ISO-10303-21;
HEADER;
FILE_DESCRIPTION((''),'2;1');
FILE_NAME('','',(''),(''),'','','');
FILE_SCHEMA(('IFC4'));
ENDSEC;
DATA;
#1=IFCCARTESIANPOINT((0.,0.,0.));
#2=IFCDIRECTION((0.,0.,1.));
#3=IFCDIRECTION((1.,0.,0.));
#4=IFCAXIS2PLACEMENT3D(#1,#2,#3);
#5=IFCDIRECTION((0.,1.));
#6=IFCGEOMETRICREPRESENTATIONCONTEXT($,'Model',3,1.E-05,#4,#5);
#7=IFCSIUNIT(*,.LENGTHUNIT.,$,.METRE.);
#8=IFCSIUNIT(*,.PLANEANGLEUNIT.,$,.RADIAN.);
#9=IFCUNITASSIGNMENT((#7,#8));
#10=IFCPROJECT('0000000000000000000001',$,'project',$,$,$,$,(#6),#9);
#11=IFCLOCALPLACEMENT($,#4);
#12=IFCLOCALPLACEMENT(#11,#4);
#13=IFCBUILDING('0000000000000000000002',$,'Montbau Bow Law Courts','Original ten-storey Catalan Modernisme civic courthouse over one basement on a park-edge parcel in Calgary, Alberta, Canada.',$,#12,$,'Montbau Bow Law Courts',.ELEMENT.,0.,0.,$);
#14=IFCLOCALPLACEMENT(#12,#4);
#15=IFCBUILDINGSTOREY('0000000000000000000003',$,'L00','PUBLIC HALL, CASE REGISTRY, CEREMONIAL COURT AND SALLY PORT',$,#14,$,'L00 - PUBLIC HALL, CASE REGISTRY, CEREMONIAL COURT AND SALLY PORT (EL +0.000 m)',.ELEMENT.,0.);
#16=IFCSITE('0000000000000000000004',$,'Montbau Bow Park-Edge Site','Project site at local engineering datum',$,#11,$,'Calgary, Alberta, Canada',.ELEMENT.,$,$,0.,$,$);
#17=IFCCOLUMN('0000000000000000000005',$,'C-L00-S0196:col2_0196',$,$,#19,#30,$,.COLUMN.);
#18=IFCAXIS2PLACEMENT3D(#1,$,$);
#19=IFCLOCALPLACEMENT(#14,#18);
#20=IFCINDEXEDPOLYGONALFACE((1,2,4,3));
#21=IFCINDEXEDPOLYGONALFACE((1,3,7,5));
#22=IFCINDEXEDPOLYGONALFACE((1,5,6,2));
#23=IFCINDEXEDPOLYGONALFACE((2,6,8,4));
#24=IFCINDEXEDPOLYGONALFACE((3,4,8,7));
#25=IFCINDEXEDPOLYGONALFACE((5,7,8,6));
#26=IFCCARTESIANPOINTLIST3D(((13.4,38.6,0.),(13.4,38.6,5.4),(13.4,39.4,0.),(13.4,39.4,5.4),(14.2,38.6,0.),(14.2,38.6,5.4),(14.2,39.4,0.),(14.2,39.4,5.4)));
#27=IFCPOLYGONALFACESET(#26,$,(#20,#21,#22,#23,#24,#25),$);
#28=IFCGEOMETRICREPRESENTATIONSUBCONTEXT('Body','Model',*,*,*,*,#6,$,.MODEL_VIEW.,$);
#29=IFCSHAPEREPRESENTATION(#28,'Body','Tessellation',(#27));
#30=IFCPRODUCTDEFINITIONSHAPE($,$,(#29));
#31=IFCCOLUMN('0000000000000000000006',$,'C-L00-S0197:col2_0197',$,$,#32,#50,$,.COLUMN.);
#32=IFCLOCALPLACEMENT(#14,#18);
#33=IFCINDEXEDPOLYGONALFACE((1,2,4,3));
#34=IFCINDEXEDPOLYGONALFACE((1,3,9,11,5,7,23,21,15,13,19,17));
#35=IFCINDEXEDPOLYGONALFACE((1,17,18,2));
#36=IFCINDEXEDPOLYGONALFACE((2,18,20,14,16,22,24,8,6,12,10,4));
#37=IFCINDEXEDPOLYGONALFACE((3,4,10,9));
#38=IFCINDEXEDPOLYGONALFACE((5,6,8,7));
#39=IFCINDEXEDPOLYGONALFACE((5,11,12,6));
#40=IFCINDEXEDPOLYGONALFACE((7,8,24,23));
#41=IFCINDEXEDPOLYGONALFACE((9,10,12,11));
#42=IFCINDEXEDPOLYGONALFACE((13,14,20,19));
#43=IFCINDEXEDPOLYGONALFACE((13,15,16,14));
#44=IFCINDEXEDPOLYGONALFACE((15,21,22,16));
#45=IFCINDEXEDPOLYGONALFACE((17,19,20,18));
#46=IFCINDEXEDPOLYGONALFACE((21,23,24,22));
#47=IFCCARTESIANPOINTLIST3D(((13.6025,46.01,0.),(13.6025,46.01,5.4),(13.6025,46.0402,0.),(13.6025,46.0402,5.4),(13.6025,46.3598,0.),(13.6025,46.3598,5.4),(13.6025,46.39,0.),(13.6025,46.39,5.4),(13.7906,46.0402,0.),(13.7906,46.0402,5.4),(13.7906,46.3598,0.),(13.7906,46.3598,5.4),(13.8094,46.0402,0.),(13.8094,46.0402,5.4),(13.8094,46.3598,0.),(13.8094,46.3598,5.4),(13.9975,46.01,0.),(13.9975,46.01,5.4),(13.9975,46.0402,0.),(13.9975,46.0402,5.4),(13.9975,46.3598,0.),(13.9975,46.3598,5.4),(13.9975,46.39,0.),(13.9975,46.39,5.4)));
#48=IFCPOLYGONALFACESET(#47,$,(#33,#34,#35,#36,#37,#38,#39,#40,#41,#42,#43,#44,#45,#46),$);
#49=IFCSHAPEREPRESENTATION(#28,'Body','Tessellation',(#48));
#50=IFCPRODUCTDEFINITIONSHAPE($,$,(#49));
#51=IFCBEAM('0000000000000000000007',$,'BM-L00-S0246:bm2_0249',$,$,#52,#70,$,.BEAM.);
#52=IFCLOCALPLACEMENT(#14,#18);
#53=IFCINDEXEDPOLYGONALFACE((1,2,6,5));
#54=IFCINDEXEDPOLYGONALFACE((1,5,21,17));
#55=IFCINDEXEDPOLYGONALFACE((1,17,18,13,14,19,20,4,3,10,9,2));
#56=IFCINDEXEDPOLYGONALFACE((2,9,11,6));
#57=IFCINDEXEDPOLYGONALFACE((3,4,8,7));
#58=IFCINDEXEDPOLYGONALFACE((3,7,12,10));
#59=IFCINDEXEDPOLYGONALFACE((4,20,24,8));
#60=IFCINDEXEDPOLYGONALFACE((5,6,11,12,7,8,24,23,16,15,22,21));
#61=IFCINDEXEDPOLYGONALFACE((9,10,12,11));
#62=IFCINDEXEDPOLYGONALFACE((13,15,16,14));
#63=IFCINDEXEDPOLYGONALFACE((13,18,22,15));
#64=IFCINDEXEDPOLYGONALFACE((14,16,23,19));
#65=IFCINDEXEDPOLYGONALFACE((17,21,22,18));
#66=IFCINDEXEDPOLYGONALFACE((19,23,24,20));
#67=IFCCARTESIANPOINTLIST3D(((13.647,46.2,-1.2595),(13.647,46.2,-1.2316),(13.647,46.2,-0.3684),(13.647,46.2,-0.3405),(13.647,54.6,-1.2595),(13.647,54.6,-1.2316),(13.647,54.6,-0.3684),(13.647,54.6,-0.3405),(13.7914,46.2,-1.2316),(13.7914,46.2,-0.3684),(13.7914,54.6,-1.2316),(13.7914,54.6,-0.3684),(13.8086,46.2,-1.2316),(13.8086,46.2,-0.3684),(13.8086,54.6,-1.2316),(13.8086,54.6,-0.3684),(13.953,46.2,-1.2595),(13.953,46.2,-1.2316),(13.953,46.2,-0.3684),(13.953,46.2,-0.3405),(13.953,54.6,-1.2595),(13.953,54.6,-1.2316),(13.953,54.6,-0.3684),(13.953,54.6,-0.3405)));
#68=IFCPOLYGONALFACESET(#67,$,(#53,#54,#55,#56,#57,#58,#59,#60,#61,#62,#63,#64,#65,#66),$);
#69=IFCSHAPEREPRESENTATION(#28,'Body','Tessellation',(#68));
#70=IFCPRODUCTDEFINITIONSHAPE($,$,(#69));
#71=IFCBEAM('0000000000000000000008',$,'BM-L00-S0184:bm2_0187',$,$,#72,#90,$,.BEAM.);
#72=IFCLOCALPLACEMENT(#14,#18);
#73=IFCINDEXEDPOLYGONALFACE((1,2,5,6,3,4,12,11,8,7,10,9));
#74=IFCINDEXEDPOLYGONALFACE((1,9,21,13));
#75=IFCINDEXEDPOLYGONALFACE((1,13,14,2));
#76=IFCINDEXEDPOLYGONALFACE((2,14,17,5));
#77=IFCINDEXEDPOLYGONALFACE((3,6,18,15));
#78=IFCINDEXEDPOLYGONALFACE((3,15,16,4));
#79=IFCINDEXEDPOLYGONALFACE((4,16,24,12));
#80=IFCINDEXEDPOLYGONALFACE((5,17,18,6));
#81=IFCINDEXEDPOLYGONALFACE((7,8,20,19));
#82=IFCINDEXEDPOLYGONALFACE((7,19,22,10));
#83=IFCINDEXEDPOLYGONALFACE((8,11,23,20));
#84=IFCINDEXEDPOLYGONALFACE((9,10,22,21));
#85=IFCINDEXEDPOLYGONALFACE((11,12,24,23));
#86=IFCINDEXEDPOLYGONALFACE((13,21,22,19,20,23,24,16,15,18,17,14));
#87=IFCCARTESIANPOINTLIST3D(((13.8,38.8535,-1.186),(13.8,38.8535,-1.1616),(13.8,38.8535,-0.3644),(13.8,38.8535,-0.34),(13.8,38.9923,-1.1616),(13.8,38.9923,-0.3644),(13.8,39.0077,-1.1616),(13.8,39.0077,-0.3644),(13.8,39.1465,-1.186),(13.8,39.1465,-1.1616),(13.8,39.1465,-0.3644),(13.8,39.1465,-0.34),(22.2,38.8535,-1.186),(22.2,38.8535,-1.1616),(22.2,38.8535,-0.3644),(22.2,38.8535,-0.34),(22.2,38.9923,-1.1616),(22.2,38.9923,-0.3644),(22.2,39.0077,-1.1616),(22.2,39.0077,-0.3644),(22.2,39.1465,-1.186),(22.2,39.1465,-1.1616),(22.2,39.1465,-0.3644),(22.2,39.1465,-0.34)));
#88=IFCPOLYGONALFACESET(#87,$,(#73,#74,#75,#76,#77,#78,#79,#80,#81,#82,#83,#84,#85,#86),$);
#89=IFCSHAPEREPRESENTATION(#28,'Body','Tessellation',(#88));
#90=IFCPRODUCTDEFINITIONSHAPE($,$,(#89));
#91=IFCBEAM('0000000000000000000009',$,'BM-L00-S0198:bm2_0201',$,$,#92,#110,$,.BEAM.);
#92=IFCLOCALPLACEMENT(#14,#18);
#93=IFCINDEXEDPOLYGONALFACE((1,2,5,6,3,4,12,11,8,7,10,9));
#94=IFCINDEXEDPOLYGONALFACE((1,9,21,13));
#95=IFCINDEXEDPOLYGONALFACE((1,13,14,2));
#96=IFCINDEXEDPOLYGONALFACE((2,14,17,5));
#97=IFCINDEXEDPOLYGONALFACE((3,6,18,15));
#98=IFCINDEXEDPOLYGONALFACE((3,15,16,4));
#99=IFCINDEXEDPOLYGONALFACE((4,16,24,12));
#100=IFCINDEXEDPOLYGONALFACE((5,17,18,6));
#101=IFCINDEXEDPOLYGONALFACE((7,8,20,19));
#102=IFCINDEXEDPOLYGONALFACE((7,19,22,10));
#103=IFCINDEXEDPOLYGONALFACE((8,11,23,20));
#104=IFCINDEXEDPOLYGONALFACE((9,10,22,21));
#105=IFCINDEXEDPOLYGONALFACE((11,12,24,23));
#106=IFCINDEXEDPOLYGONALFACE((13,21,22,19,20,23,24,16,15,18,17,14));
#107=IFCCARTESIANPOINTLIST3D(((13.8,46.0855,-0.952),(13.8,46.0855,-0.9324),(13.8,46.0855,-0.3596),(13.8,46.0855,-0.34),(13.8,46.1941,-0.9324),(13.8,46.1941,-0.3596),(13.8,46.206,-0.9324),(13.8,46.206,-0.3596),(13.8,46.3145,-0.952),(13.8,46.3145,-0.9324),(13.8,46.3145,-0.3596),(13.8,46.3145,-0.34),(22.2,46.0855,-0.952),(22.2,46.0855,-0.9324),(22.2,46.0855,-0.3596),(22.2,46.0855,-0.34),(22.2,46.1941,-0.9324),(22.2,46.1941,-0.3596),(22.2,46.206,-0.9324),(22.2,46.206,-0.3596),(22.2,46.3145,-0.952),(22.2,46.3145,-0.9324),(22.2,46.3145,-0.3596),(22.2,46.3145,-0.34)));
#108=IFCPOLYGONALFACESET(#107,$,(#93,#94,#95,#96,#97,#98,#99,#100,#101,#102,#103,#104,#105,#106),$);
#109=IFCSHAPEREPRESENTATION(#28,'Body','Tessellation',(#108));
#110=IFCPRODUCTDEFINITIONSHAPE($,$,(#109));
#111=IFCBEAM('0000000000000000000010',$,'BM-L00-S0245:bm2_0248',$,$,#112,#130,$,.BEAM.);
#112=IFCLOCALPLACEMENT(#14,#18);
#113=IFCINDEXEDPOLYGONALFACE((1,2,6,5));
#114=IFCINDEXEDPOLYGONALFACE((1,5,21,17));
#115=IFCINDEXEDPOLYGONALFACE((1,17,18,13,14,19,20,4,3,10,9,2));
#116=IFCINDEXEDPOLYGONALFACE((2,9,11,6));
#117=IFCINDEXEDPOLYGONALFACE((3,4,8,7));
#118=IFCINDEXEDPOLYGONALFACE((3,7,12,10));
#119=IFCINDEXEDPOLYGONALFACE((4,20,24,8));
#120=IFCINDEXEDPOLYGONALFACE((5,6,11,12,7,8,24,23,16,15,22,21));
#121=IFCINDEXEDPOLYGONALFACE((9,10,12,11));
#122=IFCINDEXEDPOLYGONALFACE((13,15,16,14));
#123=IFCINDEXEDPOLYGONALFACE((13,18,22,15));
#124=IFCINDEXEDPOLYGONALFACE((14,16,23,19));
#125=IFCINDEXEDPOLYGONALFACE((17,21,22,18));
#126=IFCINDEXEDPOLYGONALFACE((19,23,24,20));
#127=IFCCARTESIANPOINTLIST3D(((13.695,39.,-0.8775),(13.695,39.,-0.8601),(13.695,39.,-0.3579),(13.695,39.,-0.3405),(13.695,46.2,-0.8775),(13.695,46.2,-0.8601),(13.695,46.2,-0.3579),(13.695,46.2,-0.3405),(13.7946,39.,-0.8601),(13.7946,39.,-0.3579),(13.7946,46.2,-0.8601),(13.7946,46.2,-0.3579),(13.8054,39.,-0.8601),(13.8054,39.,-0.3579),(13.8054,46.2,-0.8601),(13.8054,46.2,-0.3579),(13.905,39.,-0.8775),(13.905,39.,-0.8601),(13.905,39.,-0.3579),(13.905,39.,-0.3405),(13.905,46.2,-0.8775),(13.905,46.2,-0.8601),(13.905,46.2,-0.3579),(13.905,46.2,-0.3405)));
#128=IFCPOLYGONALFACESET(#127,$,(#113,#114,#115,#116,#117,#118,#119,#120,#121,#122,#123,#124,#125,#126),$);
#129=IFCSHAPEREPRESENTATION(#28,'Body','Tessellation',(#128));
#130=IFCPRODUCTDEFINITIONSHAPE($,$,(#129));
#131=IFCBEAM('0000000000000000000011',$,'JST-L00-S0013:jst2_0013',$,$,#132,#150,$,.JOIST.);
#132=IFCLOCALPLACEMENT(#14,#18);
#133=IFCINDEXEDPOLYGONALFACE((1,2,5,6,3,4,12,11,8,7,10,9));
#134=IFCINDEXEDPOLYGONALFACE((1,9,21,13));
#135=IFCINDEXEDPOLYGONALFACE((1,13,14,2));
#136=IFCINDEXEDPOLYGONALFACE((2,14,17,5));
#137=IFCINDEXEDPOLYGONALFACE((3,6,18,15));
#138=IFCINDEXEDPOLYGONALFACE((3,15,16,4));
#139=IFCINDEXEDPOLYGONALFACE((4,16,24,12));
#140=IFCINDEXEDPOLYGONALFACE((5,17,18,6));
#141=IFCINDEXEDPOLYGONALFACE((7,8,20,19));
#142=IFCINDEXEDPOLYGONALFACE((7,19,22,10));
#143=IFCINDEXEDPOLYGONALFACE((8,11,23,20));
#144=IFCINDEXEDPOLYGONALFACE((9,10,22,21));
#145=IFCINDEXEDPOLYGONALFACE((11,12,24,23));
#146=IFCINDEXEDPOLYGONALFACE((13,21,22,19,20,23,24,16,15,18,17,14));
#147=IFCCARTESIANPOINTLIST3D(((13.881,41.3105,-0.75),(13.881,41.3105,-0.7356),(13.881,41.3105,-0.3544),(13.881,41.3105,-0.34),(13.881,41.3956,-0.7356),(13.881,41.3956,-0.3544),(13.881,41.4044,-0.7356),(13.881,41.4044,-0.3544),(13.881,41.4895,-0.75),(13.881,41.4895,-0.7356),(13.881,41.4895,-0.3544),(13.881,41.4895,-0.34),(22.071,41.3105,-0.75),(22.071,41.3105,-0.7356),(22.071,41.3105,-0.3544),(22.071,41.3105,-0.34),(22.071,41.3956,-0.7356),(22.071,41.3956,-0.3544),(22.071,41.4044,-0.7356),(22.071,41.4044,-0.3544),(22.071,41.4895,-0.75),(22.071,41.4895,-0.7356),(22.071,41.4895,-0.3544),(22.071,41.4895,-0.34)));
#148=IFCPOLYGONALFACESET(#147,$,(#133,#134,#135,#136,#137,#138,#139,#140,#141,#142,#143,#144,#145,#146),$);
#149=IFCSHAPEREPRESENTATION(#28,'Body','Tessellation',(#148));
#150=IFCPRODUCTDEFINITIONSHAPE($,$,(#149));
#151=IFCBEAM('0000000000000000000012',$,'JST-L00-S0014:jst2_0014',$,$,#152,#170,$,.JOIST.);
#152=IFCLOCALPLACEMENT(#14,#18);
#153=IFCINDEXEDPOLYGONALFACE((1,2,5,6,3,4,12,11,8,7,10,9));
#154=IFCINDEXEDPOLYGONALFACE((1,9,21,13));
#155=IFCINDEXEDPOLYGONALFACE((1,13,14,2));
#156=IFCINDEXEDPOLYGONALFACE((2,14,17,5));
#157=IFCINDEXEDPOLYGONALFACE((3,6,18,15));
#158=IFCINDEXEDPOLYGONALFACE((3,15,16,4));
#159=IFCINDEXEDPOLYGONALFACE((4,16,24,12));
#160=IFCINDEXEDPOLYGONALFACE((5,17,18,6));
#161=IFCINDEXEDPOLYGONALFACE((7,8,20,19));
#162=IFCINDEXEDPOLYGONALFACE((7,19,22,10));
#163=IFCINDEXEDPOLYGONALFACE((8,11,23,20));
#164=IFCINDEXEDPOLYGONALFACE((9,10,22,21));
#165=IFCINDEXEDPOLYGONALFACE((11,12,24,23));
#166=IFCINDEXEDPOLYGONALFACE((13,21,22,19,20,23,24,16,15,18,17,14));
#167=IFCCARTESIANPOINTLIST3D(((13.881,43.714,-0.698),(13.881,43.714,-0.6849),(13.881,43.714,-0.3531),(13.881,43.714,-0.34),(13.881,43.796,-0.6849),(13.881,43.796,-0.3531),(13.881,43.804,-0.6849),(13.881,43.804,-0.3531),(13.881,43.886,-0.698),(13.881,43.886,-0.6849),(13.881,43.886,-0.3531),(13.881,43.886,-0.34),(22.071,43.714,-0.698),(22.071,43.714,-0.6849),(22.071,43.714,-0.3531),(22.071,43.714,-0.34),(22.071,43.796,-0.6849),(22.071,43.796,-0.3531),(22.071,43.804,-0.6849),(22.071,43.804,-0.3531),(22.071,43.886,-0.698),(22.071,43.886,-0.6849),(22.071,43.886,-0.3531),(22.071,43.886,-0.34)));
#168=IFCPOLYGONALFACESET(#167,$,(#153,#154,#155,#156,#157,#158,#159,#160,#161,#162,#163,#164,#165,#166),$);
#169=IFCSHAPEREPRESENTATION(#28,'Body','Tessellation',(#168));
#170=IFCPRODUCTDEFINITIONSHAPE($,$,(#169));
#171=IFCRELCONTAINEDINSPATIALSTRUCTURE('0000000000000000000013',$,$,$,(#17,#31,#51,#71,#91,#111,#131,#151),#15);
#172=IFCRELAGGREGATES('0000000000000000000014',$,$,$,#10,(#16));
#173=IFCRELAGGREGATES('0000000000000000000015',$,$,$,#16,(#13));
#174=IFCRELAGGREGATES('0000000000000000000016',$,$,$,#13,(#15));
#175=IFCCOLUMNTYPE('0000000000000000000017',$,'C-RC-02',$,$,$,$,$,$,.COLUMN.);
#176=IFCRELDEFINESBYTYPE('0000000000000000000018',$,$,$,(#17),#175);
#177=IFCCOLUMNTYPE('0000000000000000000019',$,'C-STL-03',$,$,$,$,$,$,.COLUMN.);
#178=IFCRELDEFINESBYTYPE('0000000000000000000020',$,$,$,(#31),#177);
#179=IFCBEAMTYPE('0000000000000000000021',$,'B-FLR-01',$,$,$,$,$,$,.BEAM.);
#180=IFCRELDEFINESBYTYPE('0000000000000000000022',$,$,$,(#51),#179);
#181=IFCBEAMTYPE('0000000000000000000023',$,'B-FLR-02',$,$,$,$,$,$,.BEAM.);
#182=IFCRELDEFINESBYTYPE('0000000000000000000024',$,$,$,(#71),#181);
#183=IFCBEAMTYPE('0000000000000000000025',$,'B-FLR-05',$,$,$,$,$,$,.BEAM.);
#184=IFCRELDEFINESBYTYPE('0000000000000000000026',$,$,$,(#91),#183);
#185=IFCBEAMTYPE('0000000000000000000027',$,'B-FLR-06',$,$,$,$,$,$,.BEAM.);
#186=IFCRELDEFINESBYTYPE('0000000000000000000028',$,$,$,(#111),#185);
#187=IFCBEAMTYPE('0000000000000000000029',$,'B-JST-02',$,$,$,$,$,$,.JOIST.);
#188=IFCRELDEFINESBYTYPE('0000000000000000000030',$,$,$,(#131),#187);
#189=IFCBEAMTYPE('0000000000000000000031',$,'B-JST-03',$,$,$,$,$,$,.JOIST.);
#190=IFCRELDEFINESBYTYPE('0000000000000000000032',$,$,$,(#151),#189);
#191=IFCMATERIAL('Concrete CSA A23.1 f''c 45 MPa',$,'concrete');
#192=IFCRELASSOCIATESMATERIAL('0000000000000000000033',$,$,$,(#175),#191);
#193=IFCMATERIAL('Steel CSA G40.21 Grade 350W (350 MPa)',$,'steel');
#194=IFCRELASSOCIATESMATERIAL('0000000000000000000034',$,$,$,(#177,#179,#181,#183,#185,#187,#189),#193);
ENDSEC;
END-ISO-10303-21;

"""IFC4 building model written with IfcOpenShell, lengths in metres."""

from ifc_helpers import new_model, si_unit, direction, frame, origin_with_axes, origin_2d_with_axis, place, context, subcontext, project, spatial, rectangle, i_section, extrude, material, material_profile, profile_set, type_object, element, save


model = new_model("IFC4")

# Units and contexts
model_context = context("Model", 3, precision=1e-05, world=origin_with_axes(), true_north=direction((0.0, 1.0)))
body_context = subcontext(model_context, "Body", "Model", "MODEL_VIEW")
ifc_project = project(units=[si_unit("LENGTHUNIT", "METRE"), si_unit("PLANEANGLEUNIT", "RADIAN")], contexts=[model_context])

# Site, building, storey
site_placement = place(None, origin_with_axes())
site = spatial("IfcSite", under=ifc_project, at=site_placement, Name="Montbau Bow Park-Edge Site", Description="Project site at local engineering datum", LongName="Calgary, Alberta, Canada", CompositionType="ELEMENT", RefElevation=0.0)
building_placement = place(site_placement, origin_with_axes())
building = spatial("IfcBuilding", under=site, at=building_placement, Name="Montbau Bow Law Courts", Description="Original ten-storey Catalan Modernisme civic courthouse over one basement on a park-edge parcel in Calgary, Alberta, Canada.", LongName="Montbau Bow Law Courts", CompositionType="ELEMENT", ElevationOfRefHeight=0.0, ElevationOfTerrain=0.0)
storey_placement = place(building_placement, origin_with_axes())
storey = spatial("IfcBuildingStorey", under=building, at=storey_placement, Name="L00", Description="PUBLIC HALL, CASE REGISTRY, CEREMONIAL COURT AND SALLY PORT", LongName="L00 - PUBLIC HALL, CASE REGISTRY, CEREMONIAL COURT AND SALLY PORT (EL +0.000 m)", CompositionType="ELEMENT", Elevation=0.0)

# Columns
ifc_material_1 = material(Name="Concrete CSA A23.1 f'c 45 MPa", Category="concrete")
ifc_material_profile_1 = material_profile(ifc_material_1, rectangle(XDim=0.8, YDim=0.8, at=origin_2d_with_axis()), Name="RC800X800", Category="Main", Priority=0)
ifc_profile_set_1 = profile_set([ifc_material_profile_1], Name="Concrete CSA A23.1 f'c 45 MPa")
column_type_1 = type_object("IfcColumnType", Name="C-RC-02", PredefinedType="COLUMN", material=ifc_profile_set_1)
column_1_placement = place(None, frame((13.8, 39.0, 0.0), z_axis=(0.0, 0.0, 1.0), x_axis=(1.0, 0.0, 0.0)))
element("IfcColumn", 1, at=column_1_placement, inside=storey, type_object=column_type_1, Name="C-L00-S0196:col2_0196", PredefinedType="COLUMN", context=body_context, shape_type="SweptSolid", body=[
    extrude(rectangle(XDim=0.8, YDim=0.8, at=origin_2d_with_axis()), origin_with_axes(), (0.0, 0.0, 1.0), 5.4),
])
ifc_material_2 = material(Name="Steel CSA G40.21 Grade 350W (350 MPa)", Category="steel")
ifc_material_profile_2 = material_profile(ifc_material_2, i_section(OverallWidth=0.395, OverallDepth=0.38, WebThickness=0.0189, FlangeThickness=0.0302, at=origin_2d_with_axis()), Name="W360X237", Category="Main", Priority=0)
ifc_profile_set_2 = profile_set([ifc_material_profile_2], Name="Steel CSA G40.21 Grade 350W (350 MPa)")
column_type_2 = type_object("IfcColumnType", Name="C-STL-03", PredefinedType="COLUMN", material=ifc_profile_set_2)
column_2_placement = place(None, frame((13.8, 46.2, 0.0), z_axis=(0.0, 0.0, 1.0), x_axis=(1.0, 0.0, 0.0)))
element("IfcColumn", 2, at=column_2_placement, inside=storey, type_object=column_type_2, Name="C-L00-S0197:col2_0197", PredefinedType="COLUMN", context=body_context, shape_type="SweptSolid", body=[
    extrude(i_section(OverallWidth=0.395, OverallDepth=0.38, WebThickness=0.0189, FlangeThickness=0.0302, at=origin_2d_with_axis()), origin_with_axes(), (0.0, 0.0, 1.0), 5.4),
])

# Beams
ifc_material_profile_3 = material_profile(ifc_material_2, i_section(OverallWidth=0.306, OverallDepth=0.919, WebThickness=0.0173, FlangeThickness=0.0279, at=origin_2d_with_axis()), Name="W920X253", Category="Main", Priority=0)
ifc_profile_set_3 = profile_set([ifc_material_profile_3], Name="Steel CSA G40.21 Grade 350W (350 MPa)")
beam_type_1 = type_object("IfcBeamType", Name="B-FLR-01", PredefinedType="BEAM", material=ifc_profile_set_3)
beam_1_placement = place(None, frame((13.8, 46.2, -0.8), z_axis=(0.0, 1.0, 0.0), x_axis=(-1.0, 0.0, 0.0)))
element("IfcBeam", 3, at=beam_1_placement, inside=storey, type_object=beam_type_1, Name="BM-L00-S0246:bm2_0249", PredefinedType="BEAM", context=body_context, shape_type="SweptSolid", body=[
    extrude(i_section(OverallWidth=0.306, OverallDepth=0.919, WebThickness=0.0173, FlangeThickness=0.0279, at=origin_2d_with_axis()), origin_with_axes(), (0.0, 0.0, 1.0), 8.4),
])
ifc_material_profile_4 = material_profile(ifc_material_2, i_section(OverallWidth=0.293, OverallDepth=0.846, WebThickness=0.0154, FlangeThickness=0.0244, at=origin_2d_with_axis()), Name="W840X210", Category="Main", Priority=0)
ifc_profile_set_4 = profile_set([ifc_material_profile_4], Name="Steel CSA G40.21 Grade 350W (350 MPa)")
beam_type_2 = type_object("IfcBeamType", Name="B-FLR-02", PredefinedType="BEAM", material=ifc_profile_set_4)
beam_2_placement = place(None, frame((13.8, 39.0, -0.763), z_axis=(1.0, 0.0, 0.0), x_axis=(0.0, 1.0, 0.0)))
element("IfcBeam", 4, at=beam_2_placement, inside=storey, type_object=beam_type_2, Name="BM-L00-S0184:bm2_0187", PredefinedType="BEAM", context=body_context, shape_type="SweptSolid", body=[
    extrude(i_section(OverallWidth=0.293, OverallDepth=0.846, WebThickness=0.0154, FlangeThickness=0.0244, at=origin_2d_with_axis()), origin_with_axes(), (0.0, 0.0, 1.0), 8.4),
])
ifc_material_profile_5 = material_profile(ifc_material_2, i_section(OverallWidth=0.229, OverallDepth=0.612, WebThickness=0.0119, FlangeThickness=0.0196, at=origin_2d_with_axis()), Name="W610X125", Category="Main", Priority=0)
ifc_profile_set_5 = profile_set([ifc_material_profile_5], Name="Steel CSA G40.21 Grade 350W (350 MPa)")
beam_type_3 = type_object("IfcBeamType", Name="B-FLR-05", PredefinedType="BEAM", material=ifc_profile_set_5)
beam_3_placement = place(None, frame((13.8, 46.2, -0.646), z_axis=(1.0, 0.0, 0.0), x_axis=(0.0, 1.0, 0.0)))
element("IfcBeam", 5, at=beam_3_placement, inside=storey, type_object=beam_type_3, Name="BM-L00-S0198:bm2_0201", PredefinedType="BEAM", context=body_context, shape_type="SweptSolid", body=[
    extrude(i_section(OverallWidth=0.229, OverallDepth=0.612, WebThickness=0.0119, FlangeThickness=0.0196, at=origin_2d_with_axis()), origin_with_axes(), (0.0, 0.0, 1.0), 8.4),
])
ifc_material_profile_6 = material_profile(ifc_material_2, i_section(OverallWidth=0.21, OverallDepth=0.537, WebThickness=0.0109, FlangeThickness=0.0174, at=origin_2d_with_axis()), Name="W530X101", Category="Main", Priority=0)
ifc_profile_set_6 = profile_set([ifc_material_profile_6], Name="Steel CSA G40.21 Grade 350W (350 MPa)")
beam_type_4 = type_object("IfcBeamType", Name="B-FLR-06", PredefinedType="BEAM", material=ifc_profile_set_6)
beam_4_placement = place(None, frame((13.8, 39.0, -0.609), z_axis=(0.0, 1.0, 0.0), x_axis=(-1.0, 0.0, 0.0)))
element("IfcBeam", 6, at=beam_4_placement, inside=storey, type_object=beam_type_4, Name="BM-L00-S0245:bm2_0248", PredefinedType="BEAM", context=body_context, shape_type="SweptSolid", body=[
    extrude(i_section(OverallWidth=0.21, OverallDepth=0.537, WebThickness=0.0109, FlangeThickness=0.0174, at=origin_2d_with_axis()), origin_with_axes(), (0.0, 0.0, 1.0), 7.2),
])
ifc_material_profile_7 = material_profile(ifc_material_2, i_section(OverallWidth=0.179, OverallDepth=0.41, WebThickness=0.0088, FlangeThickness=0.0144, at=origin_2d_with_axis()), Name="W410X67", Category="Main", Priority=0)
ifc_profile_set_7 = profile_set([ifc_material_profile_7], Name="Steel CSA G40.21 Grade 350W (350 MPa)")
beam_type_5 = type_object("IfcBeamType", Name="B-JST-02", PredefinedType="JOIST", material=ifc_profile_set_7)
beam_5_placement = place(None, frame((13.881, 41.4, -0.545), z_axis=(1.0, 0.0, 0.0), x_axis=(0.0, 1.0, 0.0)))
element("IfcBeam", 7, at=beam_5_placement, inside=storey, type_object=beam_type_5, Name="JST-L00-S0013:jst2_0013", PredefinedType="JOIST", context=body_context, shape_type="SweptSolid", body=[
    extrude(i_section(OverallWidth=0.179, OverallDepth=0.41, WebThickness=0.0088, FlangeThickness=0.0144, at=origin_2d_with_axis()), origin_with_axes(), (0.0, 0.0, 1.0), 8.19),
])
ifc_material_profile_8 = material_profile(ifc_material_2, i_section(OverallWidth=0.172, OverallDepth=0.358, WebThickness=0.0079, FlangeThickness=0.0131, at=origin_2d_with_axis()), Name="W360X57", Category="Main", Priority=0)
ifc_profile_set_8 = profile_set([ifc_material_profile_8], Name="Steel CSA G40.21 Grade 350W (350 MPa)")
beam_type_6 = type_object("IfcBeamType", Name="B-JST-03", PredefinedType="JOIST", material=ifc_profile_set_8)
beam_6_placement = place(None, frame((13.881, 43.8, -0.519), z_axis=(1.0, 0.0, 0.0), x_axis=(0.0, 1.0, 0.0)))
element("IfcBeam", 8, at=beam_6_placement, inside=storey, type_object=beam_type_6, Name="JST-L00-S0014:jst2_0014", PredefinedType="JOIST", context=body_context, shape_type="SweptSolid", body=[
    extrude(i_section(OverallWidth=0.172, OverallDepth=0.358, WebThickness=0.0079, FlangeThickness=0.0131, at=origin_2d_with_axis()), origin_with_axes(), (0.0, 0.0, 1.0), 8.19),
])

save(model, "model.ifc")
